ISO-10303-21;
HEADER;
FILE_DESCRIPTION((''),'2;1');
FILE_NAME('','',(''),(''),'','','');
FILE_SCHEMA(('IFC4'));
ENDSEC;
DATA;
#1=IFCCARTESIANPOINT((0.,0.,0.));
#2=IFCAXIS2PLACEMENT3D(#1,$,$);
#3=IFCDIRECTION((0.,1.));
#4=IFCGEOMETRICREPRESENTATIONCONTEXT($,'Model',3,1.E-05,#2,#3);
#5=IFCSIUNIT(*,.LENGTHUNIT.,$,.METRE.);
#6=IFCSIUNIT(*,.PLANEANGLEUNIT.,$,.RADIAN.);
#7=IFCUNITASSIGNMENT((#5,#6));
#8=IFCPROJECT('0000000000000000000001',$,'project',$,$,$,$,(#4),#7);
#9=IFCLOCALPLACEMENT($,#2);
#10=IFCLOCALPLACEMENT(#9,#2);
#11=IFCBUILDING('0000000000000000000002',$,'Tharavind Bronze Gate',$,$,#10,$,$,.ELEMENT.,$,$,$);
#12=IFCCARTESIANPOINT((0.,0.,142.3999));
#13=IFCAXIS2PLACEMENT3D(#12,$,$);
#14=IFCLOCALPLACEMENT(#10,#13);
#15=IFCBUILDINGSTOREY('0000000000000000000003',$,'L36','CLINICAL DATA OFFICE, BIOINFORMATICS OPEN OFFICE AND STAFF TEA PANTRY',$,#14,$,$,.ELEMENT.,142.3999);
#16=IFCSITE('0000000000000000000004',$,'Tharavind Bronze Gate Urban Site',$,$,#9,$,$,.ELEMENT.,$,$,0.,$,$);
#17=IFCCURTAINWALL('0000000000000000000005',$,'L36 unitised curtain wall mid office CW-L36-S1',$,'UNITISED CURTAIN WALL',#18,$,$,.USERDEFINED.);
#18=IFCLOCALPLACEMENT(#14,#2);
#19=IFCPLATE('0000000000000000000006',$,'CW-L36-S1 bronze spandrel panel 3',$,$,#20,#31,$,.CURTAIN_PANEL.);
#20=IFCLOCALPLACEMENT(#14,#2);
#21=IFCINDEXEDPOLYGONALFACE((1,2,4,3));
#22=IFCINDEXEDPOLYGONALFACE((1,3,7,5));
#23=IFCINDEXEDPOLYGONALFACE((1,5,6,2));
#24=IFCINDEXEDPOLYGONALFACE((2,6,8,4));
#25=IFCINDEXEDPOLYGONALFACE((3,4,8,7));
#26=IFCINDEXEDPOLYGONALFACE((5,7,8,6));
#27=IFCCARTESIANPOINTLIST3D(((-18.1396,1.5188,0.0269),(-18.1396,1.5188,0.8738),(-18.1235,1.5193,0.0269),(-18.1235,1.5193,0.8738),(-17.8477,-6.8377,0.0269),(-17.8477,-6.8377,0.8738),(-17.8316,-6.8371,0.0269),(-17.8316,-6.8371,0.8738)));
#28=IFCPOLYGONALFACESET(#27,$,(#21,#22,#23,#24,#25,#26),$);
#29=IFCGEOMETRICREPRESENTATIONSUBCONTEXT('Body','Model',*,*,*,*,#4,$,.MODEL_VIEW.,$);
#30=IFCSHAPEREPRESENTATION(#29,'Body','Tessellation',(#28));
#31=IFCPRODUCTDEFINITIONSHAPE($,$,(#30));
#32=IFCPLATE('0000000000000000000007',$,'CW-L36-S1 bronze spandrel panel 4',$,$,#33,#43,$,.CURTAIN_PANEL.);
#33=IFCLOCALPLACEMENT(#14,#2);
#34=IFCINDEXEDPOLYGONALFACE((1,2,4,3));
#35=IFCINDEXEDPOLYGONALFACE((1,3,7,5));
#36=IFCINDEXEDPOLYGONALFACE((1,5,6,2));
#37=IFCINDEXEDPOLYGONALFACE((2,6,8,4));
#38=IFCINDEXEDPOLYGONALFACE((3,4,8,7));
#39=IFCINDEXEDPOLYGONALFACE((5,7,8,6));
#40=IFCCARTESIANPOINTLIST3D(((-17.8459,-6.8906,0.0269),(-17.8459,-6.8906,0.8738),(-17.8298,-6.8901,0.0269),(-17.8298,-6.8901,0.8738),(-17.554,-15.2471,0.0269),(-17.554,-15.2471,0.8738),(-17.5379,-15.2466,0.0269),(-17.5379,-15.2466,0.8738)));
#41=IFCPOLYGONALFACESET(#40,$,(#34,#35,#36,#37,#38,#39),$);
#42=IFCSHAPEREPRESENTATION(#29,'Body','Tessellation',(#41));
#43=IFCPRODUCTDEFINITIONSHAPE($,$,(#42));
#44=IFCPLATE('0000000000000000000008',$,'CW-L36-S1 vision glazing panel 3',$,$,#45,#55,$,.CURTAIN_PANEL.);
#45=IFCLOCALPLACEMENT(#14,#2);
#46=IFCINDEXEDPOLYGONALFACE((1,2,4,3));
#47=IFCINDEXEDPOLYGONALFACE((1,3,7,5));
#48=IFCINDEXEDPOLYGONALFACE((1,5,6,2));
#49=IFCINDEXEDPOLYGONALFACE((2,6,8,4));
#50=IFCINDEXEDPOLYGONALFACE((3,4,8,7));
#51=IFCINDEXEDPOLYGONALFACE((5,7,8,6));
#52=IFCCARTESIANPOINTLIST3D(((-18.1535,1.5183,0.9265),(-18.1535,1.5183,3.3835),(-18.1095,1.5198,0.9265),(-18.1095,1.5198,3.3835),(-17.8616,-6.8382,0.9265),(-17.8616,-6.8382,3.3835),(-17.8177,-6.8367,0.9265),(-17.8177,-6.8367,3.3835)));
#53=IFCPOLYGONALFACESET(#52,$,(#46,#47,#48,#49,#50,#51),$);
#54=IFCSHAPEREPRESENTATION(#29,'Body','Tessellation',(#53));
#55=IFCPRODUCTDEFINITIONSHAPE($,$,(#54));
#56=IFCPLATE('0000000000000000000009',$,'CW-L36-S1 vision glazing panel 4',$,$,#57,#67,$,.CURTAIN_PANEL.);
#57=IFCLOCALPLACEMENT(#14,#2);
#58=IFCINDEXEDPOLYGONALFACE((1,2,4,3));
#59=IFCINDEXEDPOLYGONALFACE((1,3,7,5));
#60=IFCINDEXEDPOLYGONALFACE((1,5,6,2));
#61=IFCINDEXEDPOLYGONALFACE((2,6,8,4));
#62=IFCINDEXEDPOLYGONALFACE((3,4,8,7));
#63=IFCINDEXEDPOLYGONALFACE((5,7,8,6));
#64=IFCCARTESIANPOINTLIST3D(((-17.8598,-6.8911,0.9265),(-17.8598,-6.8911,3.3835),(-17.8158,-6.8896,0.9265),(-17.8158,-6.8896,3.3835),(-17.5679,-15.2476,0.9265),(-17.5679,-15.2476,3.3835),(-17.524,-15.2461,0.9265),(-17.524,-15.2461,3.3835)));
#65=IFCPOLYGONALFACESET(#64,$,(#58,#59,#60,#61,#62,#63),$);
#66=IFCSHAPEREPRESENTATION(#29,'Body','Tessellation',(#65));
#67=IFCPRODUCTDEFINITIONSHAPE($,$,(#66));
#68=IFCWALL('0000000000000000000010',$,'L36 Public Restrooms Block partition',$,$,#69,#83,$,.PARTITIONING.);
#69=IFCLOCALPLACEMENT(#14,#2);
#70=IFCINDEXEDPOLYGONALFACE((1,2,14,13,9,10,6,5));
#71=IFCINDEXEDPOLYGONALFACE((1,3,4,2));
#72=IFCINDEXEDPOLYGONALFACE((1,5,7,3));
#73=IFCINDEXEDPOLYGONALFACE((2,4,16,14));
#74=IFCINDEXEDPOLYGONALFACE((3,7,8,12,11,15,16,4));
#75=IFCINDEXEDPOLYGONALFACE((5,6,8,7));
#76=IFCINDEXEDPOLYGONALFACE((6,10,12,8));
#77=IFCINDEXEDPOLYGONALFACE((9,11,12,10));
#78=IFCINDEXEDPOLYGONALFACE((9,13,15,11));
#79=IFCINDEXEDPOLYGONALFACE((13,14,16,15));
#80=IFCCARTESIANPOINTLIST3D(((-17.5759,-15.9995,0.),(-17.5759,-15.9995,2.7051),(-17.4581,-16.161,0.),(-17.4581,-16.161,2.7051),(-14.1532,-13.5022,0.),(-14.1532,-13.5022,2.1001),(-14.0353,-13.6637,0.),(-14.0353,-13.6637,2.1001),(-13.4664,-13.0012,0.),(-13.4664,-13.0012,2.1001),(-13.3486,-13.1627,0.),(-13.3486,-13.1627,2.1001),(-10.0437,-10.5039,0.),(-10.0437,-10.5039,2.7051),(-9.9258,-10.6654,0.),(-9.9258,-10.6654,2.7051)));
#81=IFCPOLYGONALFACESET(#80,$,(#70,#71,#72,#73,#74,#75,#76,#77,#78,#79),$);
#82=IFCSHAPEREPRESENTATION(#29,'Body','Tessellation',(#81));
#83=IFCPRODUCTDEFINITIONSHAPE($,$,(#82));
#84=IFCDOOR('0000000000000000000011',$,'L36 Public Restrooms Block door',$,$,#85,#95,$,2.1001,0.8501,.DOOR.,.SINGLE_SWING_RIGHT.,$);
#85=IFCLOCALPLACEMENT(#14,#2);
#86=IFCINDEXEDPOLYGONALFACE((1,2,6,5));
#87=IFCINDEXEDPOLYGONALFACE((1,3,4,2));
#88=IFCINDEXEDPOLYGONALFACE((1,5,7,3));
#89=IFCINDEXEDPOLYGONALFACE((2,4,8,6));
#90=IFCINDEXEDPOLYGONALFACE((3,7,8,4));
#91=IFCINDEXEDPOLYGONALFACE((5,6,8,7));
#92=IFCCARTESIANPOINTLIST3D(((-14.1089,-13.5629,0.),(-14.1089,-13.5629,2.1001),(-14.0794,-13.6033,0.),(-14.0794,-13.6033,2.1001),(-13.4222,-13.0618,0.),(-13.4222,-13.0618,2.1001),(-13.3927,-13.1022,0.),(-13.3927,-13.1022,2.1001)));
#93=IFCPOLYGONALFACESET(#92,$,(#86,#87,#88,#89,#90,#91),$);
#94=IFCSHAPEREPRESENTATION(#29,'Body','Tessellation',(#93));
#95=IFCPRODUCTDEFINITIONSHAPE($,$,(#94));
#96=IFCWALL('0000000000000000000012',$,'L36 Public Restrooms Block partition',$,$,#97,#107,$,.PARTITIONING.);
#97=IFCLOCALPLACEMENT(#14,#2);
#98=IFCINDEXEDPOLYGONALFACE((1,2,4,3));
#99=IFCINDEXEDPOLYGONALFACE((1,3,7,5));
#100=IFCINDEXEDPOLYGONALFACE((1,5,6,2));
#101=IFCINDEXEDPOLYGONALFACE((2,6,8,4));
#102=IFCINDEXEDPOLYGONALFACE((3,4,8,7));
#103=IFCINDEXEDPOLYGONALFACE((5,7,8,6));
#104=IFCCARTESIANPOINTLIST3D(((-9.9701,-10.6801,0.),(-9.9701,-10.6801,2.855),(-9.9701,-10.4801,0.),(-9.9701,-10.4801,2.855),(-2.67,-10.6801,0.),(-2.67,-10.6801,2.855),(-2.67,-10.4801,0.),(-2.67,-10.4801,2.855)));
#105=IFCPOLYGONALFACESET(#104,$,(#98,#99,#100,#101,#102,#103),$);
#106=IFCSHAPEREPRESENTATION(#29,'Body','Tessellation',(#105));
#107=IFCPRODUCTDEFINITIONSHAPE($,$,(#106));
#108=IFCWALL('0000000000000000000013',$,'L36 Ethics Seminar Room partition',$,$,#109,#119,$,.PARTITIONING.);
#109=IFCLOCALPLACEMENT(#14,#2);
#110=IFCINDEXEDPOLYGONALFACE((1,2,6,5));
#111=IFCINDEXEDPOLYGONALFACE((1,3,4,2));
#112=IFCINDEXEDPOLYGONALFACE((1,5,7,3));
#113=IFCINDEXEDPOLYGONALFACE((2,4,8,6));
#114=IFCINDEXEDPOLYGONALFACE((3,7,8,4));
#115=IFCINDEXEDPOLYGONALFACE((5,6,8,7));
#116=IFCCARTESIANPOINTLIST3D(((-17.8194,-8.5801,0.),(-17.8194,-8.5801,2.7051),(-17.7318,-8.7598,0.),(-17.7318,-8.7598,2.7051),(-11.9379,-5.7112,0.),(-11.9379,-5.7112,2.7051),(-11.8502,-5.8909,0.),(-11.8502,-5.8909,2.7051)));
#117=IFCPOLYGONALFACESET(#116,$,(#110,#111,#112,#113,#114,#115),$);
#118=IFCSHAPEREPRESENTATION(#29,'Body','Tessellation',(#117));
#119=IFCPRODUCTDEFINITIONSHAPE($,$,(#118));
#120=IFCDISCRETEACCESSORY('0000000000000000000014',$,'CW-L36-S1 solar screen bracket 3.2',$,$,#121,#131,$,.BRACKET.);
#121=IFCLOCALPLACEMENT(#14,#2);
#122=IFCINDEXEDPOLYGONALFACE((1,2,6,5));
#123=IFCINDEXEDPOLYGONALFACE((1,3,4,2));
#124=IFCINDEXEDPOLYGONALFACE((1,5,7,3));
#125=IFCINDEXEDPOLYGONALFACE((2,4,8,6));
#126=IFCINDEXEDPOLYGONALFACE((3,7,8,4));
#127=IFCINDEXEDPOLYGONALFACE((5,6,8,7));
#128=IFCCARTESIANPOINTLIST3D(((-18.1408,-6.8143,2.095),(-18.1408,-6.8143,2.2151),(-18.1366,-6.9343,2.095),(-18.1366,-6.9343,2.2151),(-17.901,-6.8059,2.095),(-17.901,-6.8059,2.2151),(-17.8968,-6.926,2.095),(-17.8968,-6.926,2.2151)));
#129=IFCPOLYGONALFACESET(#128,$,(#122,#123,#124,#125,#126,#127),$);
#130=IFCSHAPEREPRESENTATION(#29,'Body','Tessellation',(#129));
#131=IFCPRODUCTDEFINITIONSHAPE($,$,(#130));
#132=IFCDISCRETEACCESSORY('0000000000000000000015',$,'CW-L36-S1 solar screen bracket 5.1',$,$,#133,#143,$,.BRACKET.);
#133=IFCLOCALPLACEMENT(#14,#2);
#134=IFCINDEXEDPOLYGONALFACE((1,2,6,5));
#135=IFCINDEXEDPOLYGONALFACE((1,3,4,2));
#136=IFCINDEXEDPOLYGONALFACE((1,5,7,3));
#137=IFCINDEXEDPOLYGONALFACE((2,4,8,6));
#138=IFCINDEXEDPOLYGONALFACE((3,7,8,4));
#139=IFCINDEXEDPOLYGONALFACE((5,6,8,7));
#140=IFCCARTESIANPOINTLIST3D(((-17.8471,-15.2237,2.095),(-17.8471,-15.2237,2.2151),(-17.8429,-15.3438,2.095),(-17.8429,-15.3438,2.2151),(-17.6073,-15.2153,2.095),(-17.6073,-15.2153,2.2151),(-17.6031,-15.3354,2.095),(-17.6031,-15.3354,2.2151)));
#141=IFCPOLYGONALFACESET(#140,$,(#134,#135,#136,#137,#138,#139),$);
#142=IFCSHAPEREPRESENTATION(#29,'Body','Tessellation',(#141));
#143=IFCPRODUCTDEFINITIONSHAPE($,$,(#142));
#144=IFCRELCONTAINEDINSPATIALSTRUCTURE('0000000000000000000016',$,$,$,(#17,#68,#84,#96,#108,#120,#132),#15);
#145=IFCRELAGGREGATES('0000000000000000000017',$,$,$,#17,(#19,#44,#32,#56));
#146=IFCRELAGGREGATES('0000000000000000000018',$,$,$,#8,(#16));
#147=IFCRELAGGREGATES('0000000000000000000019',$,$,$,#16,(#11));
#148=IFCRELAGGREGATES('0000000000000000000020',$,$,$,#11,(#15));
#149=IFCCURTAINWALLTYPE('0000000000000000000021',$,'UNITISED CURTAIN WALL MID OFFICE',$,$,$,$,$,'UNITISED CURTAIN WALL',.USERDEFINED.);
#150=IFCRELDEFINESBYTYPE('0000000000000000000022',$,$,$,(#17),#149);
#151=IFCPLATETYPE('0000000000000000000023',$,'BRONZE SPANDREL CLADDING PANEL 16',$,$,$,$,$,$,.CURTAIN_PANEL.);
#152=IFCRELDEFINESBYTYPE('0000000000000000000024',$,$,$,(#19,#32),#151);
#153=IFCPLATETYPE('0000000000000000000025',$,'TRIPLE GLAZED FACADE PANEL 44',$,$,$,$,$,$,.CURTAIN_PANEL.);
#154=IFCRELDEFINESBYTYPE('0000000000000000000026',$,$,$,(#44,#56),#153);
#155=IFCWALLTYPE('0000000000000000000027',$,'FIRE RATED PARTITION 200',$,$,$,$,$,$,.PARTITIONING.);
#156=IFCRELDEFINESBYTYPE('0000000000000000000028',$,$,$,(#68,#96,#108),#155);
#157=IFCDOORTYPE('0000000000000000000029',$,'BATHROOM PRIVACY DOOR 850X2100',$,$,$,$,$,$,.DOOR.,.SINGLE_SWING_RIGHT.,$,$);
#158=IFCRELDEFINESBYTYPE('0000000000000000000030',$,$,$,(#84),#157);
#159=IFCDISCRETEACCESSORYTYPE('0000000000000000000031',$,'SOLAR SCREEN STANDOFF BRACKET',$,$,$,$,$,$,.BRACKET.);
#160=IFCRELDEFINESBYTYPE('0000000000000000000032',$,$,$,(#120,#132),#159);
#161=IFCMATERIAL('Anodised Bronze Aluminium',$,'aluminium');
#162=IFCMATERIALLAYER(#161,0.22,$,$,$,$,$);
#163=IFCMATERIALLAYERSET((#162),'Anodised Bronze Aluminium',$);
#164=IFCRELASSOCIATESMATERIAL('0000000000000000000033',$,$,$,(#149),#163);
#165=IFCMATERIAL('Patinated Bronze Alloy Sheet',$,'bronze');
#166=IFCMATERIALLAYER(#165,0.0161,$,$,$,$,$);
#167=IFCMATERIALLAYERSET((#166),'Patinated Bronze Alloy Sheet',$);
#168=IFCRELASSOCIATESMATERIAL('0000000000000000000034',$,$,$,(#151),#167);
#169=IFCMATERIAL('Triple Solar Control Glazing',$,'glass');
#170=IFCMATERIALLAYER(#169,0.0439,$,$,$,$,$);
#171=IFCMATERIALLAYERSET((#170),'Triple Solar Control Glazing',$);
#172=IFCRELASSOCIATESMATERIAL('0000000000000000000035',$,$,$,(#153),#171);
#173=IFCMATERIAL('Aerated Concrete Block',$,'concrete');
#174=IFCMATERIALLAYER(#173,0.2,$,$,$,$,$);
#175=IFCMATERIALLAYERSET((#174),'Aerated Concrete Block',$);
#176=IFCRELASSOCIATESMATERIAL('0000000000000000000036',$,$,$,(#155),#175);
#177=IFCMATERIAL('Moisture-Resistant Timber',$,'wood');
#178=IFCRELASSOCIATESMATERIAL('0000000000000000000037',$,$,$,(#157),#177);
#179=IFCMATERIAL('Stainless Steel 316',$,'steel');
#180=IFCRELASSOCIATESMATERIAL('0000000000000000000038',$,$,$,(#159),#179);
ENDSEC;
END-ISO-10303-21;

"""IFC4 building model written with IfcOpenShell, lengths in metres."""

from ifc_helpers import new_model, si_unit, direction, frame, frame_2d, origin, origin_2d, place, context, subcontext, project, spatial, rectangle, extrude, material, layer, layer_set, type_object, element, fill, aggregate, save


model = new_model("IFC4")

# Units and contexts
model_context = context("Model", 3, precision=1e-05, world=origin(), true_north=direction((0.0, 1.0)))
body_context = subcontext(model_context, "Body", "Model", "MODEL_VIEW")
ifc_project = project(units=[si_unit("LENGTHUNIT", "METRE"), si_unit("PLANEANGLEUNIT", "RADIAN")], contexts=[model_context])

# Site, building, storey
site_placement = place(None, origin())
site = spatial("IfcSite", under=ifc_project, at=site_placement, Name="Tharavind Bronze Gate Urban Site", CompositionType="ELEMENT", RefElevation=0.0)
building_placement = place(site_placement, origin())
building = spatial("IfcBuilding", under=site, at=building_placement, Name="Tharavind Bronze Gate", CompositionType="ELEMENT")
storey_placement = place(building_placement, frame((0.0, 0.0, 142.3999)))
storey = spatial("IfcBuildingStorey", under=building, at=storey_placement, Name="L36", Description="CLINICAL DATA OFFICE, BIOINFORMATICS OPEN OFFICE AND STAFF TEA PANTRY", CompositionType="ELEMENT", Elevation=142.3999)

# Curtain wall
ifc_material_1 = material(Name="Anodised Bronze Aluminium", Category="aluminium")
ifc_layer_1 = layer(ifc_material_1, 0.22)
ifc_layer_set_1 = layer_set([ifc_layer_1], Name="Anodised Bronze Aluminium")
curtain_wall_type = type_object("IfcCurtainWallType", Name="UNITISED CURTAIN WALL MID OFFICE", ElementType="UNITISED CURTAIN WALL", PredefinedType="USERDEFINED", material=ifc_layer_set_1)
curtain_wall_placement = place(storey_placement, origin())
curtain_wall = element("IfcCurtainWall", 1, at=curtain_wall_placement, inside=storey, type_object=curtain_wall_type, Name="L36 unitised curtain wall mid office CW-L36-S1", ObjectType="UNITISED CURTAIN WALL", PredefinedType="USERDEFINED")

# Plates
ifc_material_2 = material(Name="Patinated Bronze Alloy Sheet", Category="bronze")
ifc_layer_2 = layer(ifc_material_2, 0.0161)
ifc_layer_set_2 = layer_set([ifc_layer_2], Name="Patinated Bronze Alloy Sheet")
plate_type_1 = type_object("IfcPlateType", Name="BRONZE SPANDREL CLADDING PANEL 16", PredefinedType="CURTAIN_PANEL", material=ifc_layer_set_2)
plate_1_placement = place(storey_placement, frame((-17.9856, -2.6592, 0.0269), z_axis=(0.0, 0.0, 1.0), x_axis=(0.034899, -0.999391, 0.0)))
plate_1 = element("IfcPlate", 2, at=plate_1_placement, type_object=plate_type_1, Name="CW-L36-S1 bronze spandrel panel 3", PredefinedType="CURTAIN_PANEL", context=body_context, shape_type="SweptSolid", body=[
    extrude(rectangle(XDim=8.3616, YDim=0.0161, at=origin_2d()), origin(), (0.0, 0.0, 1.0), 0.8469),
])
plate_2_placement = place(storey_placement, frame((-17.6919, -11.0686, 0.0269), z_axis=(0.0, 0.0, 1.0), x_axis=(0.034899, -0.999391, 0.0)))
plate_2 = element("IfcPlate", 3, at=plate_2_placement, type_object=plate_type_1, Name="CW-L36-S1 bronze spandrel panel 4", PredefinedType="CURTAIN_PANEL", context=body_context, shape_type="SweptSolid", body=[
    extrude(rectangle(XDim=8.3616, YDim=0.0161, at=origin_2d()), origin(), (0.0, 0.0, 1.0), 0.8469),
])
ifc_material_3 = material(Name="Triple Solar Control Glazing", Category="glass")
ifc_layer_3 = layer(ifc_material_3, 0.0439)
ifc_layer_set_3 = layer_set([ifc_layer_3], Name="Triple Solar Control Glazing")
plate_type_2 = type_object("IfcPlateType", Name="TRIPLE GLAZED FACADE PANEL 44", PredefinedType="CURTAIN_PANEL", material=ifc_layer_set_3)
plate_3_placement = place(storey_placement, frame((-17.9856, -2.6592, 0.9265), z_axis=(0.0, 0.0, 1.0), x_axis=(0.034899, -0.999391, 0.0)))
plate_3 = element("IfcPlate", 4, at=plate_3_placement, type_object=plate_type_2, Name="CW-L36-S1 vision glazing panel 3", PredefinedType="CURTAIN_PANEL", context=body_context, shape_type="SweptSolid", body=[
    extrude(rectangle(XDim=8.3616, YDim=0.0439, at=origin_2d()), origin(), (0.0, 0.0, 1.0), 2.457),
])
plate_4_placement = place(storey_placement, frame((-17.6919, -11.0686, 0.9265), z_axis=(0.0, 0.0, 1.0), x_axis=(0.034899, -0.999391, 0.0)))
plate_4 = element("IfcPlate", 5, at=plate_4_placement, type_object=plate_type_2, Name="CW-L36-S1 vision glazing panel 4", PredefinedType="CURTAIN_PANEL", context=body_context, shape_type="SweptSolid", body=[
    extrude(rectangle(XDim=8.3616, YDim=0.0439, at=origin_2d()), origin(), (0.0, 0.0, 1.0), 2.457),
])
aggregate(curtain_wall, [plate_1, plate_3, plate_2, plate_4])

# Wall, opening, door
ifc_material_4 = material(Name="Aerated Concrete Block", Category="concrete")
ifc_layer_4 = layer(ifc_material_4, 0.2)
ifc_layer_set_4 = layer_set([ifc_layer_4], Name="Aerated Concrete Block")
wall_type = type_object("IfcWallType", Name="FIRE RATED PARTITION 200", PredefinedType="PARTITIONING", material=ifc_layer_set_4)
wall_1_placement = place(storey_placement, frame((-17.5171, -16.0803, 0.0), z_axis=(0.0, 0.0, 1.0), x_axis=(0.807836, 0.589407, 0.0)))
wall_1 = element("IfcWall", 6, at=wall_1_placement, inside=storey, type_object=wall_type, Name="L36 Public Restrooms Block partition", PredefinedType="PARTITIONING", context=body_context, shape_type="SweptSolid", body=[
    extrude(rectangle(XDim=9.324, YDim=0.2, at=frame_2d((4.6621, 0.0))), origin(), (0.0, 0.0, 1.0), 2.7051),
])
opening_placement = place(wall_1_placement, frame((4.2371, 0.0, 0.0)))
opening = element("IfcOpeningElement", 7, at=opening_placement, cuts=wall_1, PredefinedType="OPENING", context=body_context, shape_type="SweptSolid", body=[
    extrude(rectangle(XDim=0.8501, YDim=2.1001, at=frame_2d((0.425, 1.05))), frame((0.0, 0.1101, 0.0), z_axis=(0.0, -1.0, 0.0), x_axis=(1.0, 0.0, 0.0)), (0.0, 0.0, 1.0), 0.22),
])
ifc_material_5 = material(Name="Moisture-Resistant Timber", Category="wood")
door_type = type_object("IfcDoorType", Name="BATHROOM PRIVACY DOOR 850X2100", OperationType="SINGLE_SWING_RIGHT", PredefinedType="DOOR", material=ifc_material_5)
door_placement = place(opening_placement, origin())
door = element("IfcDoor", 8, at=door_placement, inside=storey, type_object=door_type, Name="L36 Public Restrooms Block door", OperationType="SINGLE_SWING_RIGHT", OverallHeight=2.1001, OverallWidth=0.8501, PredefinedType="DOOR", context=body_context, shape_type="SweptSolid", body=[
    extrude(rectangle(XDim=0.8501, YDim=2.1001, at=frame_2d((0.425, 1.05))), frame((0.0, 0.0249, 0.0), z_axis=(0.0, -1.0, 0.0), x_axis=(1.0, 0.0, 0.0)), (0.0, 0.0, 1.0), 0.05),
])
fill(opening, door)

# Walls
wall_2_placement = place(storey_placement, frame((-9.97, -10.5801, 0.0), z_axis=(0.0, 0.0, 1.0), x_axis=(1.0, 0.0, 0.0)))
element("IfcWall", 9, at=wall_2_placement, inside=storey, type_object=wall_type, Name="L36 Public Restrooms Block partition", PredefinedType="PARTITIONING", context=body_context, shape_type="SweptSolid", body=[
    extrude(rectangle(XDim=7.3, YDim=0.2, at=frame_2d((3.6499, 0.0))), origin(), (0.0, 0.0, 1.0), 2.855),
])
wall_3_placement = place(storey_placement, frame((-11.894, -5.801, 0.0), z_axis=(0.0, 0.0, 1.0), x_axis=(-0.898779, -0.438402, 0.0)))
element("IfcWall", 10, at=wall_3_placement, inside=storey, type_object=wall_type, Name="L36 Ethics Seminar Room partition", PredefinedType="PARTITIONING", context=body_context, shape_type="SweptSolid", body=[
    extrude(rectangle(XDim=6.5439, YDim=0.2, at=frame_2d((3.272, 0.0))), origin(), (0.0, 0.0, 1.0), 2.7051),
])

# Discrete accessories
ifc_material_6 = material(Name="Stainless Steel 316", Category="steel")
discrete_accessory_type = type_object("IfcDiscreteAccessoryType", Name="SOLAR SCREEN STANDOFF BRACKET", PredefinedType="BRACKET", material=ifc_material_6)
for number, where, z_axis, x_axis, name in (
    (11, (-18.0188, -6.8701, 2.095), (0.0, 0.0, 1.0), (0.034899, -0.999391, 0.0), "CW-L36-S1 solar screen bracket 3.2"),
    (12, (-17.7251, -15.2795, 2.095), (0.0, 0.0, 1.0), (0.034899, -0.999391, 0.0), "CW-L36-S1 solar screen bracket 5.1"),
):
    element("IfcDiscreteAccessory", number, at=place(storey_placement, frame(where, z_axis=z_axis, x_axis=x_axis)), inside=storey, type_object=discrete_accessory_type, Name=name, PredefinedType="BRACKET", context=body_context, shape_type="SweptSolid", body=[
        extrude(rectangle(XDim=0.1201, YDim=0.24, at=origin_2d()), origin(), (0.0, 0.0, 1.0), 0.1201),
    ])

save(model, "model.ifc")
